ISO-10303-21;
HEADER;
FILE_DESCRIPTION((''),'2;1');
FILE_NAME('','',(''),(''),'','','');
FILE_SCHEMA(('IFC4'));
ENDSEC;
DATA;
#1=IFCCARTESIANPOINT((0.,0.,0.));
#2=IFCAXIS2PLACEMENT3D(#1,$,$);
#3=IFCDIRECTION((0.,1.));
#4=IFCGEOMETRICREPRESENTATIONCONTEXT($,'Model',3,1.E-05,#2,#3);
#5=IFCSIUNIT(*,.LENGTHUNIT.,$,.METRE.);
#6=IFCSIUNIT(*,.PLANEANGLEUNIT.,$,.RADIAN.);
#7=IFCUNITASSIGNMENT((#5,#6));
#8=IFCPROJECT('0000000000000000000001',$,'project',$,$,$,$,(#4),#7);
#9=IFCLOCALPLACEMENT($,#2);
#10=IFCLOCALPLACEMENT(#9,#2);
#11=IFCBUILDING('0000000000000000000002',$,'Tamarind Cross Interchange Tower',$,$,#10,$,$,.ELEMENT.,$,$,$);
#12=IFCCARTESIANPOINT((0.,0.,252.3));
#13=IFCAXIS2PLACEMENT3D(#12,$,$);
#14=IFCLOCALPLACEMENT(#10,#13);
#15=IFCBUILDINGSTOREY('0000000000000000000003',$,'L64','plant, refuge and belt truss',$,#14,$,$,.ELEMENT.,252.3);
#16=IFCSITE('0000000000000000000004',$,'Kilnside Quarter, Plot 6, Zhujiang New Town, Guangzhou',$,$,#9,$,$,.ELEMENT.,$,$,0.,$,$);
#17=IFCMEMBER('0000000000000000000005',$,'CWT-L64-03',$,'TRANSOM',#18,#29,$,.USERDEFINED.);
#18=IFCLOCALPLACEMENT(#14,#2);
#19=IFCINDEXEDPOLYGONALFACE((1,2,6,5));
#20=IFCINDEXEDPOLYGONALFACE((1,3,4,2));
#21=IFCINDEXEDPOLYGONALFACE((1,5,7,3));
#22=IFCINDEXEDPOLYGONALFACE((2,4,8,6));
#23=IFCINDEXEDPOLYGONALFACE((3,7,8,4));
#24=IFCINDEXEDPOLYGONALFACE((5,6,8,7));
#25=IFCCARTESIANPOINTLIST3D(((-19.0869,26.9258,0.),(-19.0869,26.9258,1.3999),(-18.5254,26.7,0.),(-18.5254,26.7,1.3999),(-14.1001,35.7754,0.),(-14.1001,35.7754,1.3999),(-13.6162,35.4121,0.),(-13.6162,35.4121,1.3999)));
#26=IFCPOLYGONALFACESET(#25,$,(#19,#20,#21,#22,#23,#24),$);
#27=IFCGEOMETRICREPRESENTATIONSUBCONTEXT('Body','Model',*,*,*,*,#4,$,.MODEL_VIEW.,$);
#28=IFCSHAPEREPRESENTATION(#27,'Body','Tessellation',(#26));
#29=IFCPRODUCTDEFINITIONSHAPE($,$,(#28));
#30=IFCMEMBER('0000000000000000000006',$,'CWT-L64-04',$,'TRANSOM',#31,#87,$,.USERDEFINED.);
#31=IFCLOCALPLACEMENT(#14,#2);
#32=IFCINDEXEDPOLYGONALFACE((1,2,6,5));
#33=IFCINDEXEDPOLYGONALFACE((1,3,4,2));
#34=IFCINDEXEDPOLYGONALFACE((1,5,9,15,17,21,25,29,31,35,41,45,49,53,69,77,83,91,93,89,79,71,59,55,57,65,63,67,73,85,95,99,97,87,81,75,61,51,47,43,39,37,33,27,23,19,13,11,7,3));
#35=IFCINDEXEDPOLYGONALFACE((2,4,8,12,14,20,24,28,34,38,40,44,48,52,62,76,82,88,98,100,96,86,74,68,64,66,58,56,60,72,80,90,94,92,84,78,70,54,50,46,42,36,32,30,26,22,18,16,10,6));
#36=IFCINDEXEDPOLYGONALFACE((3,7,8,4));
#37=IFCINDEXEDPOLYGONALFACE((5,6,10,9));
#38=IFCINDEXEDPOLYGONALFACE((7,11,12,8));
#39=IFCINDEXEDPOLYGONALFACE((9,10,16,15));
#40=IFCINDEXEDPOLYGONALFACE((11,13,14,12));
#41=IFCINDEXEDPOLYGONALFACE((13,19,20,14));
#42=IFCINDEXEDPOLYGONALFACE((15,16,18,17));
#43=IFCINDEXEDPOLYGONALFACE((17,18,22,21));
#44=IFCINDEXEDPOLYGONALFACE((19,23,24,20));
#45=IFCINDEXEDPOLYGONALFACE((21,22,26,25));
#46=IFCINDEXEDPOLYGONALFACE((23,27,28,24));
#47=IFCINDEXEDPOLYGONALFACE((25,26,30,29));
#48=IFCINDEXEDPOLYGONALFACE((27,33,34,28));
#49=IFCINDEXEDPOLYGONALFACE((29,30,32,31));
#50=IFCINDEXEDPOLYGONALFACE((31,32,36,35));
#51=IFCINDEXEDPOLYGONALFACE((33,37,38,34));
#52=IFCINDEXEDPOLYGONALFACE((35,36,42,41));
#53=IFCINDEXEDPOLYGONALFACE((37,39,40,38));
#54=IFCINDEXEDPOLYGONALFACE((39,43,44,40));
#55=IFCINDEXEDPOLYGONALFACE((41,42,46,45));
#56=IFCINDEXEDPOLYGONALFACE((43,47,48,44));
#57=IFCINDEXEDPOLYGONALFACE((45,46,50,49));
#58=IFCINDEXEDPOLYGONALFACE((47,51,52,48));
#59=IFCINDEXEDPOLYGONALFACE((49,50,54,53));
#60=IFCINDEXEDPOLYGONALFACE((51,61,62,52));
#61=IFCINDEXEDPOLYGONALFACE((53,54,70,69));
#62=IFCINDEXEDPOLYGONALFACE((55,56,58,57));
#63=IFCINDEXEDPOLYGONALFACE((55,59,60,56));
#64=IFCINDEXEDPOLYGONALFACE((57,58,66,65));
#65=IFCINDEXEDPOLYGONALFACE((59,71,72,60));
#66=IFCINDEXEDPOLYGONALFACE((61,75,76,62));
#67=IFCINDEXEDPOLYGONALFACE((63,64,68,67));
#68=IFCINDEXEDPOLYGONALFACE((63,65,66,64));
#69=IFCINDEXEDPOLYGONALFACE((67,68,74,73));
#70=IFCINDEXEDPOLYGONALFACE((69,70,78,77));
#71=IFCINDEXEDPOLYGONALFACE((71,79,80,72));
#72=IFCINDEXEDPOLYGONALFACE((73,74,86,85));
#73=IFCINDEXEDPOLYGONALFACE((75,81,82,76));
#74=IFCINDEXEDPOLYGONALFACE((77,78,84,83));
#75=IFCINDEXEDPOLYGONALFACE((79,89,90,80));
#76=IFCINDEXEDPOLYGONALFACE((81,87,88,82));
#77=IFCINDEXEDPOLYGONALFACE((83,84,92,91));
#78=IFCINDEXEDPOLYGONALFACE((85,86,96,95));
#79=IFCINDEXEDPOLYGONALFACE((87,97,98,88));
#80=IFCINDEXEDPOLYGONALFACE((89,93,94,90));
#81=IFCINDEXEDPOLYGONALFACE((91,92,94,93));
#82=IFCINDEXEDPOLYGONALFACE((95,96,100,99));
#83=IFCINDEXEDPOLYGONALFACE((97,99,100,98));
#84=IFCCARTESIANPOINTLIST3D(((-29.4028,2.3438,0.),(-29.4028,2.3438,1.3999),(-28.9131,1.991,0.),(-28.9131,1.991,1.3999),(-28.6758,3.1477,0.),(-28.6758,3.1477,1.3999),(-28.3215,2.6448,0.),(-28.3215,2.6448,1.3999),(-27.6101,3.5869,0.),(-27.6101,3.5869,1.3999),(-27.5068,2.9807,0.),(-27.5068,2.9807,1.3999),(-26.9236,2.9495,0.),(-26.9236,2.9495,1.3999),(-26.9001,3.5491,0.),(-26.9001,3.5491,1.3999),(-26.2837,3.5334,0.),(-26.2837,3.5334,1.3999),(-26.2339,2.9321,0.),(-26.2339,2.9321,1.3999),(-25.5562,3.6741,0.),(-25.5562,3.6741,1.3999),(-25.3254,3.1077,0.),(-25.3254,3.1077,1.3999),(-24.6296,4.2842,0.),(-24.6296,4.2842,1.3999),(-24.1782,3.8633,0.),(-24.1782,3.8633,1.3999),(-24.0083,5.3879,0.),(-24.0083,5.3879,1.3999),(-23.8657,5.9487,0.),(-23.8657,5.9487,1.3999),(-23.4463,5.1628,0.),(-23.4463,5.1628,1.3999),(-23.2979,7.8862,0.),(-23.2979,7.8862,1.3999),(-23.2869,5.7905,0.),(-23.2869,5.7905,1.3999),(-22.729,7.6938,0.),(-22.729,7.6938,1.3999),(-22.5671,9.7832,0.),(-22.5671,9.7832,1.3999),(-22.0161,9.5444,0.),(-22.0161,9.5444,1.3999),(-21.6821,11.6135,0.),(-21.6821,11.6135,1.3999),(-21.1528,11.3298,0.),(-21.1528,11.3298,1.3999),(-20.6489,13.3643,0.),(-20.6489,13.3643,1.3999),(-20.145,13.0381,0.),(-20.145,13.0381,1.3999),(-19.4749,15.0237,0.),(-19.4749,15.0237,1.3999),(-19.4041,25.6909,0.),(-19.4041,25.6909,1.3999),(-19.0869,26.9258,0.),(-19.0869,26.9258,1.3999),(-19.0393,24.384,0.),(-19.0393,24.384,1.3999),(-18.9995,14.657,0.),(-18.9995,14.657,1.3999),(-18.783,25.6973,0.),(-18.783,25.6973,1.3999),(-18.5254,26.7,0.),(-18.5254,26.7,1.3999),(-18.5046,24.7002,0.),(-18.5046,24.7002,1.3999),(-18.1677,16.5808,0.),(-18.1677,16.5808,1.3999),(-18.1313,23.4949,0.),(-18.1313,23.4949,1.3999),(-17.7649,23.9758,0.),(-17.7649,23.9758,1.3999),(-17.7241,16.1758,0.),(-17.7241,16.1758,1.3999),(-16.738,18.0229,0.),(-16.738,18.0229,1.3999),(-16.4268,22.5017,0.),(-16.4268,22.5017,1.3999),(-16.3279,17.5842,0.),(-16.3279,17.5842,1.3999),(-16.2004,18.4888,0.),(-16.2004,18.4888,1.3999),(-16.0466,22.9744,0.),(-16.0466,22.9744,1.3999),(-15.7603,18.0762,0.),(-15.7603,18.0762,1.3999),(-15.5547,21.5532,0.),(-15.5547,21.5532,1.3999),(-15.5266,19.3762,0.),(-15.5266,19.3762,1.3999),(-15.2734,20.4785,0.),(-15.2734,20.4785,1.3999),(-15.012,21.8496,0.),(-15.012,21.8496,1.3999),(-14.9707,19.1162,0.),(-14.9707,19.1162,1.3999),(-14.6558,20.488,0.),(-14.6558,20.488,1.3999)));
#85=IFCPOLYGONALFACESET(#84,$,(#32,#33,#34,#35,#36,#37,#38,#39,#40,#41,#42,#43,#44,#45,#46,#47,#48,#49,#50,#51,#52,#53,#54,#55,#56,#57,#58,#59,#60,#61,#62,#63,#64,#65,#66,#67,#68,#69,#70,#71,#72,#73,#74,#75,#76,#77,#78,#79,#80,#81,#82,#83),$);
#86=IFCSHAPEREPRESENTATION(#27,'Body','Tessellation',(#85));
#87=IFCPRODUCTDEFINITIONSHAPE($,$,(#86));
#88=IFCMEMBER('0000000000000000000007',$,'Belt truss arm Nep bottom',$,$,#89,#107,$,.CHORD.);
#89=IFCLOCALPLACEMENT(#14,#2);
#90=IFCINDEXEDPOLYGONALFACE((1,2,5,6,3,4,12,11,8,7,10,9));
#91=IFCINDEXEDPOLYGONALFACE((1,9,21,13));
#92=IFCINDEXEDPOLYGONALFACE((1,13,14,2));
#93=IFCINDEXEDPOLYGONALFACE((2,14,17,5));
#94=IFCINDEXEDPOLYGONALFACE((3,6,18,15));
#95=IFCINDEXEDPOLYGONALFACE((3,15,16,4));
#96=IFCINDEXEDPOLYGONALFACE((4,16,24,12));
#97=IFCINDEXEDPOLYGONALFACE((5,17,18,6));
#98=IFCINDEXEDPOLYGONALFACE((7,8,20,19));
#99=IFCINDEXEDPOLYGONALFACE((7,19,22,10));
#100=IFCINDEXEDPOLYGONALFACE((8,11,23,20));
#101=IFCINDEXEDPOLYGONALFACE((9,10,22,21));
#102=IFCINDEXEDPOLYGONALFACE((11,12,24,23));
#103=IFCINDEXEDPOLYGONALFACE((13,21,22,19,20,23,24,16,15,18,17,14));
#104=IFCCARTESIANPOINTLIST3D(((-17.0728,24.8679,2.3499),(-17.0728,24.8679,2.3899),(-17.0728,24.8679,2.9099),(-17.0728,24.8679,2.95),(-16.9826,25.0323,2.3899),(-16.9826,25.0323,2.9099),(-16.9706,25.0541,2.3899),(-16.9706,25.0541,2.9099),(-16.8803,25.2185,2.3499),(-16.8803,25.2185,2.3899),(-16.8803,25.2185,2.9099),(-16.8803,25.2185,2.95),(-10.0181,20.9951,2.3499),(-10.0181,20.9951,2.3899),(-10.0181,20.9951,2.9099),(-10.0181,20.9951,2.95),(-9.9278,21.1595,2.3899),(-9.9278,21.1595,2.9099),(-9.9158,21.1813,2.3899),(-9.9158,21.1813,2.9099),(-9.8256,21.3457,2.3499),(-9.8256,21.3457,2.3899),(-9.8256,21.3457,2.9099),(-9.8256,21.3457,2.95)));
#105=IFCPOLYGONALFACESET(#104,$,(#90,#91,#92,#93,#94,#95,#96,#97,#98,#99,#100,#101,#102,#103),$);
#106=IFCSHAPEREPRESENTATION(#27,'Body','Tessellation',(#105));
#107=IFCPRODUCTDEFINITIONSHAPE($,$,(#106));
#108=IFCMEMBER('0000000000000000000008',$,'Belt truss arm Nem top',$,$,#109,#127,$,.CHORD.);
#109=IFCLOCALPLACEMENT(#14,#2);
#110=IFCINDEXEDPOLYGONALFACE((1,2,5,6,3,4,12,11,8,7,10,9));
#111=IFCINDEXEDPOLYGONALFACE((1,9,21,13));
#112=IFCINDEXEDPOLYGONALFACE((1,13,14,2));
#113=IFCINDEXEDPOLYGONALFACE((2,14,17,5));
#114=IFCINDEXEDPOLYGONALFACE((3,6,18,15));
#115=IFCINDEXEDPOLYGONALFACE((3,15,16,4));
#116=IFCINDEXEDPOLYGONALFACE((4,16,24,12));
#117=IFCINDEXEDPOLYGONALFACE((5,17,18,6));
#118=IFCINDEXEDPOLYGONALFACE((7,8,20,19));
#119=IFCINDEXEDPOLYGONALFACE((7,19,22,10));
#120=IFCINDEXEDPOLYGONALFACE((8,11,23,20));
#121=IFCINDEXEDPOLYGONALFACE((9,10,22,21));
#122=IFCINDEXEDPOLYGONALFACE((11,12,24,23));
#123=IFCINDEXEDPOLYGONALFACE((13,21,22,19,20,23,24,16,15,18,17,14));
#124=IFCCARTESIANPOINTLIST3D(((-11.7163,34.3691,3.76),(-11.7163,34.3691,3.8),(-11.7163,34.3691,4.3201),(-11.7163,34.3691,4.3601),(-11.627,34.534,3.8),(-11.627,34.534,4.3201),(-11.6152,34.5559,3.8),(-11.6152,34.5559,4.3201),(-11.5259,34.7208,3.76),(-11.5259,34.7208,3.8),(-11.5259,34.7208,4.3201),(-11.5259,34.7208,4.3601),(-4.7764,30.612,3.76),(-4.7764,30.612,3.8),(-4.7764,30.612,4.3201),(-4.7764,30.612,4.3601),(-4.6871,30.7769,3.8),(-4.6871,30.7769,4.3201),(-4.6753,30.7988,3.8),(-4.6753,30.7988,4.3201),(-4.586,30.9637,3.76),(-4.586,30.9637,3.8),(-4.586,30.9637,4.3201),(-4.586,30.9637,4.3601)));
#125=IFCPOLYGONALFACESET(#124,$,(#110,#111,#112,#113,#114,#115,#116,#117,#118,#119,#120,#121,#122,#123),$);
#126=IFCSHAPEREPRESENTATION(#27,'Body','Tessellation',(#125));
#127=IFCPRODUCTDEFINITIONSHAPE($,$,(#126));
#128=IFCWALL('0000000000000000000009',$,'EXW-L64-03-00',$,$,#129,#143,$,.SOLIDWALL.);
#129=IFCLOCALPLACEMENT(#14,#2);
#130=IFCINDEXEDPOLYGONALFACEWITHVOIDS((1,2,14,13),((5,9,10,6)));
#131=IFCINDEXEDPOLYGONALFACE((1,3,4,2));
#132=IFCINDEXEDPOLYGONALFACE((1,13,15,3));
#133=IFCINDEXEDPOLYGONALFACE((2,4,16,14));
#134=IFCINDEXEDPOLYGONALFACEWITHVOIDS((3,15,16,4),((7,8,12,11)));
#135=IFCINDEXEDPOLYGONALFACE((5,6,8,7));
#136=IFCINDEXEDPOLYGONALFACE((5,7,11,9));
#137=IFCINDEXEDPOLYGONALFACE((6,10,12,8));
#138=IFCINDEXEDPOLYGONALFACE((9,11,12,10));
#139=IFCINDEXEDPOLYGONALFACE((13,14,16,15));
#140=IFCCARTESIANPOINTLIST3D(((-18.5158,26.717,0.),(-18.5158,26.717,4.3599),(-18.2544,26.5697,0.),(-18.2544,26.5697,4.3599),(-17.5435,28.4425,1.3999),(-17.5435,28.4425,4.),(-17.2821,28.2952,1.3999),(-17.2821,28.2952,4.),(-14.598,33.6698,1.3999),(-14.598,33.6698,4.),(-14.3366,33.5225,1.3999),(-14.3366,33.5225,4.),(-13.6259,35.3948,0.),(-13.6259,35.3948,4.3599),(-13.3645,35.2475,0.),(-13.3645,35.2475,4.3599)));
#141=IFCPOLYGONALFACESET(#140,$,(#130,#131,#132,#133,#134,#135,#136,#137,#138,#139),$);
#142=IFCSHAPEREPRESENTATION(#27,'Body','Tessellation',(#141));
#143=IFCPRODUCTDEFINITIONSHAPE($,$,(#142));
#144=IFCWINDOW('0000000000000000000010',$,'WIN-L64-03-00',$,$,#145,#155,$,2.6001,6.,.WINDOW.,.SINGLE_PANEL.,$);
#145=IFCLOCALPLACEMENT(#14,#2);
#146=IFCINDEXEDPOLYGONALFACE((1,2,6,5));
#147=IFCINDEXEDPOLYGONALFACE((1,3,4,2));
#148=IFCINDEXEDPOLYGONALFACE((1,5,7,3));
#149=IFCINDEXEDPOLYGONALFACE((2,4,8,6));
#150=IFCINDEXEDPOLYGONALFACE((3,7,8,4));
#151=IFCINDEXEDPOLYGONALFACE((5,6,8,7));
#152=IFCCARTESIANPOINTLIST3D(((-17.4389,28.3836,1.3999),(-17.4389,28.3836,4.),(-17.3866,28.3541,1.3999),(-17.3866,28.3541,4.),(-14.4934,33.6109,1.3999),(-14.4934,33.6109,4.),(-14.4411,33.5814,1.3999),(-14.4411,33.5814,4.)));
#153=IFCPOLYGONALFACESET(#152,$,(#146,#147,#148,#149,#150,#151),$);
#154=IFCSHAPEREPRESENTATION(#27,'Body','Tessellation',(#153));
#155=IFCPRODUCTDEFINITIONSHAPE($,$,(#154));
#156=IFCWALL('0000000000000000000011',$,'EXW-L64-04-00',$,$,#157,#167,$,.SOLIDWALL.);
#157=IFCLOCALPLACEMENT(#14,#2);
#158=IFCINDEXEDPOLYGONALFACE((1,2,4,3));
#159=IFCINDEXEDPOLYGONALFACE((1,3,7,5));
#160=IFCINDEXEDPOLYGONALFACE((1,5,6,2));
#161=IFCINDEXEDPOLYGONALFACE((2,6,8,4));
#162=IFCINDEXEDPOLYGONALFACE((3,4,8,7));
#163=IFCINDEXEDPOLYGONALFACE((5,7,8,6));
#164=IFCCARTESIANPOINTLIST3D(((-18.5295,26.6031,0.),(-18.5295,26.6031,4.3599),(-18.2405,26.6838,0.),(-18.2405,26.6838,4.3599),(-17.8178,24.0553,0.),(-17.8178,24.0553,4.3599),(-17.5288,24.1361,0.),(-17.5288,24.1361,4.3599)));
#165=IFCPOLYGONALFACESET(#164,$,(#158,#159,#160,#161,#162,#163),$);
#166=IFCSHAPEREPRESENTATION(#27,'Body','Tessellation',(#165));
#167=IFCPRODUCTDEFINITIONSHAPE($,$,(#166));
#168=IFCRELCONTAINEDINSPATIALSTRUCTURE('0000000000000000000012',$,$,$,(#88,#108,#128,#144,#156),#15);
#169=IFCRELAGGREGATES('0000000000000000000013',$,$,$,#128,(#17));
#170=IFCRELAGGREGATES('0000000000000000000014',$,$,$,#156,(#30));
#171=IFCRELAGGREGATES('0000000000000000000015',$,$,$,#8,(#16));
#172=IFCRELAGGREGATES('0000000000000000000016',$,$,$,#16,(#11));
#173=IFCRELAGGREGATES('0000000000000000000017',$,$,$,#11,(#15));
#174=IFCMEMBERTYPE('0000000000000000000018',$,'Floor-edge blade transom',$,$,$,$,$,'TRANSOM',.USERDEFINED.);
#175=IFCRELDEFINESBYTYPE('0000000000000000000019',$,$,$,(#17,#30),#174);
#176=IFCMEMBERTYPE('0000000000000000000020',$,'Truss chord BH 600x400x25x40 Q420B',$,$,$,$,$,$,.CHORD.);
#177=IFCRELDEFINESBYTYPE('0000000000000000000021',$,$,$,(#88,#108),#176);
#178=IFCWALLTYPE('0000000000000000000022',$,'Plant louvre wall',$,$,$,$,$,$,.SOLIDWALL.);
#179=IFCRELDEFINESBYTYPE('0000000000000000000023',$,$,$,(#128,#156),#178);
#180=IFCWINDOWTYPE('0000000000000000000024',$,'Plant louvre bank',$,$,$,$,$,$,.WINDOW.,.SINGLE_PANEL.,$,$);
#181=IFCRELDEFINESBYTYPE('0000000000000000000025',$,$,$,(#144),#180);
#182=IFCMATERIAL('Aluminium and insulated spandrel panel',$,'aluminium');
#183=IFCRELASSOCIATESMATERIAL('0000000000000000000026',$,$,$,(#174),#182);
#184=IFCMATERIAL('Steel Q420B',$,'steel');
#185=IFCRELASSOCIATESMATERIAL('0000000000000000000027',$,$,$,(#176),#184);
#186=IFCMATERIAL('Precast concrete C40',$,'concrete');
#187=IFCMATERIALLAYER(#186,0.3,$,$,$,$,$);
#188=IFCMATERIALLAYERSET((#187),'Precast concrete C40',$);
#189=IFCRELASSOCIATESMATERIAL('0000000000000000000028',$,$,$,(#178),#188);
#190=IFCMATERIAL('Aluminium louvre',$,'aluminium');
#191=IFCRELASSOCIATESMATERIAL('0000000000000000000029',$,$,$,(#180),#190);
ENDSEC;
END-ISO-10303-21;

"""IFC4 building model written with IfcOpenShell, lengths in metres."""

from ifc_helpers import new_model, si_unit, direction, frame, frame_2d, origin, origin_2d, place, context, subcontext, project, spatial, polyline, rectangle, i_section, outline, extrude, material, layer, layer_set, material_profile, profile_set, type_object, element, fill, aggregate, save


model = new_model("IFC4")

# Units and contexts
model_context = context("Model", 3, precision=1e-05, world=origin(), true_north=direction((0.0, 1.0)))
body_context = subcontext(model_context, "Body", "Model", "MODEL_VIEW")
ifc_project = project(units=[si_unit("LENGTHUNIT", "METRE"), si_unit("PLANEANGLEUNIT", "RADIAN")], contexts=[model_context])

# Site, building, storey
site_placement = place(None, origin())
site = spatial("IfcSite", under=ifc_project, at=site_placement, Name="Kilnside Quarter, Plot 6, Zhujiang New Town, Guangzhou", CompositionType="ELEMENT", RefElevation=0.0)
building_placement = place(site_placement, origin())
building = spatial("IfcBuilding", under=site, at=building_placement, Name="Tamarind Cross Interchange Tower", CompositionType="ELEMENT")
storey_placement = place(building_placement, frame((0.0, 0.0, 252.3)))
storey = spatial("IfcBuildingStorey", under=building, at=storey_placement, Name="L64", Description="plant, refuge and belt truss", CompositionType="ELEMENT", Elevation=252.3)

# Members
ifc_material_1 = material(Name="Aluminium and insulated spandrel panel", Category="aluminium")
member_type_1 = type_object("IfcMemberType", Name="Floor-edge blade transom", ElementType="TRANSOM", PredefinedType="USERDEFINED", material=ifc_material_1)
member_1_placement = place(storey_placement, origin())
member_1 = element("IfcMember", 1, at=member_1_placement, type_object=member_type_1, Name="CWT-L64-03", ObjectType="TRANSOM", PredefinedType="USERDEFINED", context=body_context, shape_type="SweptSolid", body=[
    extrude(outline(polyline([(-13.6162, 35.4121), (-18.5254, 26.7), (-19.0869, 26.9258), (-14.1001, 35.7754), (-13.6162, 35.4121)])), origin(), (0.0, 0.0, 1.0), 1.3999),
])
member_2_placement = place(storey_placement, origin())
member_2 = element("IfcMember", 2, at=member_2_placement, type_object=member_type_1, Name="CWT-L64-04", ObjectType="TRANSOM", PredefinedType="USERDEFINED", context=body_context, shape_type="SweptSolid", body=[
    extrude(outline(polyline([(-18.5254, 26.7), (-18.783, 25.6973), (-18.5046, 24.7002), (-17.7649, 23.9758), (-16.0466, 22.9744), (-15.012, 21.8496), (-14.6558, 20.488), (-14.9707, 19.1162), (-15.7603, 18.0762), (-16.3279, 17.5842), (-17.7241, 16.1758), (-18.9995, 14.657), (-20.145, 13.0381), (-21.1528, 11.3298), (-22.0161, 9.5444), (-22.729, 7.6938), (-23.2869, 5.7905), (-23.4463, 5.1628), (-24.1782, 3.8633), (-25.3254, 3.1077), (-26.2339, 2.9321), (-26.9236, 2.9495), (-27.5068, 2.9807), (-28.3215, 2.6448), (-28.9131, 1.991), (-29.4028, 2.3438), (-28.6758, 3.1477), (-27.6101, 3.5869), (-26.9001, 3.5491), (-26.2837, 3.5334), (-25.5562, 3.6741), (-24.6296, 4.2842), (-24.0083, 5.3879), (-23.8657, 5.9487), (-23.2979, 7.8862), (-22.5671, 9.7832), (-21.6821, 11.6135), (-20.6489, 13.3643), (-19.4749, 15.0237), (-18.1677, 16.5808), (-16.738, 18.0229), (-16.2004, 18.4888), (-15.5266, 19.3762), (-15.2734, 20.4785), (-15.5547, 21.5532), (-16.4268, 22.5017), (-18.1313, 23.4949), (-19.0393, 24.384), (-19.4041, 25.6909), (-19.0869, 26.9258), (-18.5254, 26.7)])), origin(), (0.0, 0.0, 1.0), 1.3999),
])

# Members
ifc_material_2 = material(Name="Steel Q420B", Category="steel")
ifc_material_profile_1 = material_profile(ifc_material_2, i_section(OverallWidth=0.3999, OverallDepth=0.6001, WebThickness=0.0249, FlangeThickness=0.04, at=origin_2d()), Name="BH 600x400x25x40")
ifc_profile_set_1 = profile_set([ifc_material_profile_1], Name="Steel Q420B")
member_type_2 = type_object("IfcMemberType", Name="Truss chord BH 600x400x25x40 Q420B", PredefinedType="CHORD", material=ifc_profile_set_1)
member_3_placement = place(storey_placement, frame((-16.9766, 25.0432, 2.6499), z_axis=(0.876597, -0.481225, 0.0), x_axis=(0.481225, 0.876597, 0.0)))
element("IfcMember", 3, at=member_3_placement, inside=storey, type_object=member_type_2, Name="Belt truss arm Nep bottom", PredefinedType="CHORD", context=body_context, shape_type="SweptSolid", body=[
    extrude(i_section(OverallWidth=0.3999, OverallDepth=0.6001, WebThickness=0.0249, FlangeThickness=0.04, at=origin_2d()), origin(), (0.0, 0.0, 1.0), 8.0479),
])
member_4_placement = place(storey_placement, frame((-11.6211, 34.5449, 4.0601), z_axis=(0.879401, -0.476082, 0.0), x_axis=(0.476082, 0.879401, 0.0)))
element("IfcMember", 4, at=member_4_placement, inside=storey, type_object=member_type_2, Name="Belt truss arm Nem top", PredefinedType="CHORD", context=body_context, shape_type="SweptSolid", body=[
    extrude(i_section(OverallWidth=0.3999, OverallDepth=0.6001, WebThickness=0.0249, FlangeThickness=0.04, at=origin_2d()), origin(), (0.0, 0.0, 1.0), 7.8916),
])

# Shared definitions
ifc_material_3 = material(Name="Precast concrete C40", Category="concrete")
ifc_layer_1 = layer(ifc_material_3, 0.3)
ifc_layer_set_1 = layer_set([ifc_layer_1], Name="Precast concrete C40")
wall_type_1 = type_object("IfcWallType", Name="Plant louvre wall", PredefinedType="SOLIDWALL", material=ifc_layer_set_1)

# Wall, opening, window
wall_1_placement = place(storey_placement, frame((-13.4951, 35.3213, 0.0), z_axis=(0.0, 0.0, 1.0), x_axis=(-0.490922, -0.871203, 0.0)))
wall_1 = element("IfcWall", 5, at=wall_1_placement, inside=storey, type_object=wall_type_1, Name="EXW-L64-03-00", PredefinedType="SOLIDWALL", context=body_context, shape_type="SweptSolid", body=[
    extrude(rectangle(XDim=9.9607, YDim=0.3, at=frame_2d((4.9805, 0.0))), origin(), (0.0, 0.0, 1.0), 4.3599),
])
opening_1_placement = place(wall_1_placement, frame((1.9802, 0.0, 1.3999)))
opening_1 = element("IfcOpeningElement", 6, at=opening_1_placement, cuts=wall_1, PredefinedType="OPENING", context=body_context, shape_type="SweptSolid", body=[
    extrude(rectangle(XDim=6.0, YDim=2.6001, at=frame_2d((3.0, 1.3))), frame((0.0, 0.1599, 0.0), z_axis=(0.0, -1.0, 0.0), x_axis=(1.0, 0.0, 0.0)), (0.0, 0.0, 1.0), 0.3201),
])
ifc_material_4 = material(Name="Aluminium louvre", Category="aluminium")
window_type = type_object("IfcWindowType", Name="Plant louvre bank", PartitioningType="SINGLE_PANEL", PredefinedType="WINDOW", material=ifc_material_4)
window_placement = place(opening_1_placement, origin())
window = element("IfcWindow", 7, at=window_placement, inside=storey, type_object=window_type, Name="WIN-L64-03-00", OverallHeight=2.6001, OverallWidth=6.0, PartitioningType="SINGLE_PANEL", PredefinedType="WINDOW", context=body_context, shape_type="SweptSolid", body=[
    extrude(rectangle(XDim=6.0, YDim=2.6001, at=frame_2d((3.0, 1.3))), frame((0.0, 0.03, 0.0), z_axis=(0.0, -1.0, 0.0), x_axis=(1.0, 0.0, 0.0)), (0.0, 0.0, 1.0), 0.0601),
])
fill(opening_1, window)
aggregate(wall_1, [member_1])

# Wall
wall_2_placement = place(storey_placement, frame((-18.385, 26.6436, 0.0), z_axis=(0.0, 0.0, 1.0), x_axis=(0.269048, -0.963127, 0.0)))
wall_2 = element("IfcWall", 8, at=wall_2_placement, inside=storey, type_object=wall_type_1, Name="EXW-L64-04-00", PredefinedType="SOLIDWALL", context=body_context, shape_type="SweptSolid", body=[
    extrude(rectangle(XDim=2.6453, YDim=0.3, at=frame_2d((1.3228, 0.0))), origin(), (0.0, 0.0, 1.0), 4.3599),
])
aggregate(wall_2, [member_2])

save(model, "model.ifc")
